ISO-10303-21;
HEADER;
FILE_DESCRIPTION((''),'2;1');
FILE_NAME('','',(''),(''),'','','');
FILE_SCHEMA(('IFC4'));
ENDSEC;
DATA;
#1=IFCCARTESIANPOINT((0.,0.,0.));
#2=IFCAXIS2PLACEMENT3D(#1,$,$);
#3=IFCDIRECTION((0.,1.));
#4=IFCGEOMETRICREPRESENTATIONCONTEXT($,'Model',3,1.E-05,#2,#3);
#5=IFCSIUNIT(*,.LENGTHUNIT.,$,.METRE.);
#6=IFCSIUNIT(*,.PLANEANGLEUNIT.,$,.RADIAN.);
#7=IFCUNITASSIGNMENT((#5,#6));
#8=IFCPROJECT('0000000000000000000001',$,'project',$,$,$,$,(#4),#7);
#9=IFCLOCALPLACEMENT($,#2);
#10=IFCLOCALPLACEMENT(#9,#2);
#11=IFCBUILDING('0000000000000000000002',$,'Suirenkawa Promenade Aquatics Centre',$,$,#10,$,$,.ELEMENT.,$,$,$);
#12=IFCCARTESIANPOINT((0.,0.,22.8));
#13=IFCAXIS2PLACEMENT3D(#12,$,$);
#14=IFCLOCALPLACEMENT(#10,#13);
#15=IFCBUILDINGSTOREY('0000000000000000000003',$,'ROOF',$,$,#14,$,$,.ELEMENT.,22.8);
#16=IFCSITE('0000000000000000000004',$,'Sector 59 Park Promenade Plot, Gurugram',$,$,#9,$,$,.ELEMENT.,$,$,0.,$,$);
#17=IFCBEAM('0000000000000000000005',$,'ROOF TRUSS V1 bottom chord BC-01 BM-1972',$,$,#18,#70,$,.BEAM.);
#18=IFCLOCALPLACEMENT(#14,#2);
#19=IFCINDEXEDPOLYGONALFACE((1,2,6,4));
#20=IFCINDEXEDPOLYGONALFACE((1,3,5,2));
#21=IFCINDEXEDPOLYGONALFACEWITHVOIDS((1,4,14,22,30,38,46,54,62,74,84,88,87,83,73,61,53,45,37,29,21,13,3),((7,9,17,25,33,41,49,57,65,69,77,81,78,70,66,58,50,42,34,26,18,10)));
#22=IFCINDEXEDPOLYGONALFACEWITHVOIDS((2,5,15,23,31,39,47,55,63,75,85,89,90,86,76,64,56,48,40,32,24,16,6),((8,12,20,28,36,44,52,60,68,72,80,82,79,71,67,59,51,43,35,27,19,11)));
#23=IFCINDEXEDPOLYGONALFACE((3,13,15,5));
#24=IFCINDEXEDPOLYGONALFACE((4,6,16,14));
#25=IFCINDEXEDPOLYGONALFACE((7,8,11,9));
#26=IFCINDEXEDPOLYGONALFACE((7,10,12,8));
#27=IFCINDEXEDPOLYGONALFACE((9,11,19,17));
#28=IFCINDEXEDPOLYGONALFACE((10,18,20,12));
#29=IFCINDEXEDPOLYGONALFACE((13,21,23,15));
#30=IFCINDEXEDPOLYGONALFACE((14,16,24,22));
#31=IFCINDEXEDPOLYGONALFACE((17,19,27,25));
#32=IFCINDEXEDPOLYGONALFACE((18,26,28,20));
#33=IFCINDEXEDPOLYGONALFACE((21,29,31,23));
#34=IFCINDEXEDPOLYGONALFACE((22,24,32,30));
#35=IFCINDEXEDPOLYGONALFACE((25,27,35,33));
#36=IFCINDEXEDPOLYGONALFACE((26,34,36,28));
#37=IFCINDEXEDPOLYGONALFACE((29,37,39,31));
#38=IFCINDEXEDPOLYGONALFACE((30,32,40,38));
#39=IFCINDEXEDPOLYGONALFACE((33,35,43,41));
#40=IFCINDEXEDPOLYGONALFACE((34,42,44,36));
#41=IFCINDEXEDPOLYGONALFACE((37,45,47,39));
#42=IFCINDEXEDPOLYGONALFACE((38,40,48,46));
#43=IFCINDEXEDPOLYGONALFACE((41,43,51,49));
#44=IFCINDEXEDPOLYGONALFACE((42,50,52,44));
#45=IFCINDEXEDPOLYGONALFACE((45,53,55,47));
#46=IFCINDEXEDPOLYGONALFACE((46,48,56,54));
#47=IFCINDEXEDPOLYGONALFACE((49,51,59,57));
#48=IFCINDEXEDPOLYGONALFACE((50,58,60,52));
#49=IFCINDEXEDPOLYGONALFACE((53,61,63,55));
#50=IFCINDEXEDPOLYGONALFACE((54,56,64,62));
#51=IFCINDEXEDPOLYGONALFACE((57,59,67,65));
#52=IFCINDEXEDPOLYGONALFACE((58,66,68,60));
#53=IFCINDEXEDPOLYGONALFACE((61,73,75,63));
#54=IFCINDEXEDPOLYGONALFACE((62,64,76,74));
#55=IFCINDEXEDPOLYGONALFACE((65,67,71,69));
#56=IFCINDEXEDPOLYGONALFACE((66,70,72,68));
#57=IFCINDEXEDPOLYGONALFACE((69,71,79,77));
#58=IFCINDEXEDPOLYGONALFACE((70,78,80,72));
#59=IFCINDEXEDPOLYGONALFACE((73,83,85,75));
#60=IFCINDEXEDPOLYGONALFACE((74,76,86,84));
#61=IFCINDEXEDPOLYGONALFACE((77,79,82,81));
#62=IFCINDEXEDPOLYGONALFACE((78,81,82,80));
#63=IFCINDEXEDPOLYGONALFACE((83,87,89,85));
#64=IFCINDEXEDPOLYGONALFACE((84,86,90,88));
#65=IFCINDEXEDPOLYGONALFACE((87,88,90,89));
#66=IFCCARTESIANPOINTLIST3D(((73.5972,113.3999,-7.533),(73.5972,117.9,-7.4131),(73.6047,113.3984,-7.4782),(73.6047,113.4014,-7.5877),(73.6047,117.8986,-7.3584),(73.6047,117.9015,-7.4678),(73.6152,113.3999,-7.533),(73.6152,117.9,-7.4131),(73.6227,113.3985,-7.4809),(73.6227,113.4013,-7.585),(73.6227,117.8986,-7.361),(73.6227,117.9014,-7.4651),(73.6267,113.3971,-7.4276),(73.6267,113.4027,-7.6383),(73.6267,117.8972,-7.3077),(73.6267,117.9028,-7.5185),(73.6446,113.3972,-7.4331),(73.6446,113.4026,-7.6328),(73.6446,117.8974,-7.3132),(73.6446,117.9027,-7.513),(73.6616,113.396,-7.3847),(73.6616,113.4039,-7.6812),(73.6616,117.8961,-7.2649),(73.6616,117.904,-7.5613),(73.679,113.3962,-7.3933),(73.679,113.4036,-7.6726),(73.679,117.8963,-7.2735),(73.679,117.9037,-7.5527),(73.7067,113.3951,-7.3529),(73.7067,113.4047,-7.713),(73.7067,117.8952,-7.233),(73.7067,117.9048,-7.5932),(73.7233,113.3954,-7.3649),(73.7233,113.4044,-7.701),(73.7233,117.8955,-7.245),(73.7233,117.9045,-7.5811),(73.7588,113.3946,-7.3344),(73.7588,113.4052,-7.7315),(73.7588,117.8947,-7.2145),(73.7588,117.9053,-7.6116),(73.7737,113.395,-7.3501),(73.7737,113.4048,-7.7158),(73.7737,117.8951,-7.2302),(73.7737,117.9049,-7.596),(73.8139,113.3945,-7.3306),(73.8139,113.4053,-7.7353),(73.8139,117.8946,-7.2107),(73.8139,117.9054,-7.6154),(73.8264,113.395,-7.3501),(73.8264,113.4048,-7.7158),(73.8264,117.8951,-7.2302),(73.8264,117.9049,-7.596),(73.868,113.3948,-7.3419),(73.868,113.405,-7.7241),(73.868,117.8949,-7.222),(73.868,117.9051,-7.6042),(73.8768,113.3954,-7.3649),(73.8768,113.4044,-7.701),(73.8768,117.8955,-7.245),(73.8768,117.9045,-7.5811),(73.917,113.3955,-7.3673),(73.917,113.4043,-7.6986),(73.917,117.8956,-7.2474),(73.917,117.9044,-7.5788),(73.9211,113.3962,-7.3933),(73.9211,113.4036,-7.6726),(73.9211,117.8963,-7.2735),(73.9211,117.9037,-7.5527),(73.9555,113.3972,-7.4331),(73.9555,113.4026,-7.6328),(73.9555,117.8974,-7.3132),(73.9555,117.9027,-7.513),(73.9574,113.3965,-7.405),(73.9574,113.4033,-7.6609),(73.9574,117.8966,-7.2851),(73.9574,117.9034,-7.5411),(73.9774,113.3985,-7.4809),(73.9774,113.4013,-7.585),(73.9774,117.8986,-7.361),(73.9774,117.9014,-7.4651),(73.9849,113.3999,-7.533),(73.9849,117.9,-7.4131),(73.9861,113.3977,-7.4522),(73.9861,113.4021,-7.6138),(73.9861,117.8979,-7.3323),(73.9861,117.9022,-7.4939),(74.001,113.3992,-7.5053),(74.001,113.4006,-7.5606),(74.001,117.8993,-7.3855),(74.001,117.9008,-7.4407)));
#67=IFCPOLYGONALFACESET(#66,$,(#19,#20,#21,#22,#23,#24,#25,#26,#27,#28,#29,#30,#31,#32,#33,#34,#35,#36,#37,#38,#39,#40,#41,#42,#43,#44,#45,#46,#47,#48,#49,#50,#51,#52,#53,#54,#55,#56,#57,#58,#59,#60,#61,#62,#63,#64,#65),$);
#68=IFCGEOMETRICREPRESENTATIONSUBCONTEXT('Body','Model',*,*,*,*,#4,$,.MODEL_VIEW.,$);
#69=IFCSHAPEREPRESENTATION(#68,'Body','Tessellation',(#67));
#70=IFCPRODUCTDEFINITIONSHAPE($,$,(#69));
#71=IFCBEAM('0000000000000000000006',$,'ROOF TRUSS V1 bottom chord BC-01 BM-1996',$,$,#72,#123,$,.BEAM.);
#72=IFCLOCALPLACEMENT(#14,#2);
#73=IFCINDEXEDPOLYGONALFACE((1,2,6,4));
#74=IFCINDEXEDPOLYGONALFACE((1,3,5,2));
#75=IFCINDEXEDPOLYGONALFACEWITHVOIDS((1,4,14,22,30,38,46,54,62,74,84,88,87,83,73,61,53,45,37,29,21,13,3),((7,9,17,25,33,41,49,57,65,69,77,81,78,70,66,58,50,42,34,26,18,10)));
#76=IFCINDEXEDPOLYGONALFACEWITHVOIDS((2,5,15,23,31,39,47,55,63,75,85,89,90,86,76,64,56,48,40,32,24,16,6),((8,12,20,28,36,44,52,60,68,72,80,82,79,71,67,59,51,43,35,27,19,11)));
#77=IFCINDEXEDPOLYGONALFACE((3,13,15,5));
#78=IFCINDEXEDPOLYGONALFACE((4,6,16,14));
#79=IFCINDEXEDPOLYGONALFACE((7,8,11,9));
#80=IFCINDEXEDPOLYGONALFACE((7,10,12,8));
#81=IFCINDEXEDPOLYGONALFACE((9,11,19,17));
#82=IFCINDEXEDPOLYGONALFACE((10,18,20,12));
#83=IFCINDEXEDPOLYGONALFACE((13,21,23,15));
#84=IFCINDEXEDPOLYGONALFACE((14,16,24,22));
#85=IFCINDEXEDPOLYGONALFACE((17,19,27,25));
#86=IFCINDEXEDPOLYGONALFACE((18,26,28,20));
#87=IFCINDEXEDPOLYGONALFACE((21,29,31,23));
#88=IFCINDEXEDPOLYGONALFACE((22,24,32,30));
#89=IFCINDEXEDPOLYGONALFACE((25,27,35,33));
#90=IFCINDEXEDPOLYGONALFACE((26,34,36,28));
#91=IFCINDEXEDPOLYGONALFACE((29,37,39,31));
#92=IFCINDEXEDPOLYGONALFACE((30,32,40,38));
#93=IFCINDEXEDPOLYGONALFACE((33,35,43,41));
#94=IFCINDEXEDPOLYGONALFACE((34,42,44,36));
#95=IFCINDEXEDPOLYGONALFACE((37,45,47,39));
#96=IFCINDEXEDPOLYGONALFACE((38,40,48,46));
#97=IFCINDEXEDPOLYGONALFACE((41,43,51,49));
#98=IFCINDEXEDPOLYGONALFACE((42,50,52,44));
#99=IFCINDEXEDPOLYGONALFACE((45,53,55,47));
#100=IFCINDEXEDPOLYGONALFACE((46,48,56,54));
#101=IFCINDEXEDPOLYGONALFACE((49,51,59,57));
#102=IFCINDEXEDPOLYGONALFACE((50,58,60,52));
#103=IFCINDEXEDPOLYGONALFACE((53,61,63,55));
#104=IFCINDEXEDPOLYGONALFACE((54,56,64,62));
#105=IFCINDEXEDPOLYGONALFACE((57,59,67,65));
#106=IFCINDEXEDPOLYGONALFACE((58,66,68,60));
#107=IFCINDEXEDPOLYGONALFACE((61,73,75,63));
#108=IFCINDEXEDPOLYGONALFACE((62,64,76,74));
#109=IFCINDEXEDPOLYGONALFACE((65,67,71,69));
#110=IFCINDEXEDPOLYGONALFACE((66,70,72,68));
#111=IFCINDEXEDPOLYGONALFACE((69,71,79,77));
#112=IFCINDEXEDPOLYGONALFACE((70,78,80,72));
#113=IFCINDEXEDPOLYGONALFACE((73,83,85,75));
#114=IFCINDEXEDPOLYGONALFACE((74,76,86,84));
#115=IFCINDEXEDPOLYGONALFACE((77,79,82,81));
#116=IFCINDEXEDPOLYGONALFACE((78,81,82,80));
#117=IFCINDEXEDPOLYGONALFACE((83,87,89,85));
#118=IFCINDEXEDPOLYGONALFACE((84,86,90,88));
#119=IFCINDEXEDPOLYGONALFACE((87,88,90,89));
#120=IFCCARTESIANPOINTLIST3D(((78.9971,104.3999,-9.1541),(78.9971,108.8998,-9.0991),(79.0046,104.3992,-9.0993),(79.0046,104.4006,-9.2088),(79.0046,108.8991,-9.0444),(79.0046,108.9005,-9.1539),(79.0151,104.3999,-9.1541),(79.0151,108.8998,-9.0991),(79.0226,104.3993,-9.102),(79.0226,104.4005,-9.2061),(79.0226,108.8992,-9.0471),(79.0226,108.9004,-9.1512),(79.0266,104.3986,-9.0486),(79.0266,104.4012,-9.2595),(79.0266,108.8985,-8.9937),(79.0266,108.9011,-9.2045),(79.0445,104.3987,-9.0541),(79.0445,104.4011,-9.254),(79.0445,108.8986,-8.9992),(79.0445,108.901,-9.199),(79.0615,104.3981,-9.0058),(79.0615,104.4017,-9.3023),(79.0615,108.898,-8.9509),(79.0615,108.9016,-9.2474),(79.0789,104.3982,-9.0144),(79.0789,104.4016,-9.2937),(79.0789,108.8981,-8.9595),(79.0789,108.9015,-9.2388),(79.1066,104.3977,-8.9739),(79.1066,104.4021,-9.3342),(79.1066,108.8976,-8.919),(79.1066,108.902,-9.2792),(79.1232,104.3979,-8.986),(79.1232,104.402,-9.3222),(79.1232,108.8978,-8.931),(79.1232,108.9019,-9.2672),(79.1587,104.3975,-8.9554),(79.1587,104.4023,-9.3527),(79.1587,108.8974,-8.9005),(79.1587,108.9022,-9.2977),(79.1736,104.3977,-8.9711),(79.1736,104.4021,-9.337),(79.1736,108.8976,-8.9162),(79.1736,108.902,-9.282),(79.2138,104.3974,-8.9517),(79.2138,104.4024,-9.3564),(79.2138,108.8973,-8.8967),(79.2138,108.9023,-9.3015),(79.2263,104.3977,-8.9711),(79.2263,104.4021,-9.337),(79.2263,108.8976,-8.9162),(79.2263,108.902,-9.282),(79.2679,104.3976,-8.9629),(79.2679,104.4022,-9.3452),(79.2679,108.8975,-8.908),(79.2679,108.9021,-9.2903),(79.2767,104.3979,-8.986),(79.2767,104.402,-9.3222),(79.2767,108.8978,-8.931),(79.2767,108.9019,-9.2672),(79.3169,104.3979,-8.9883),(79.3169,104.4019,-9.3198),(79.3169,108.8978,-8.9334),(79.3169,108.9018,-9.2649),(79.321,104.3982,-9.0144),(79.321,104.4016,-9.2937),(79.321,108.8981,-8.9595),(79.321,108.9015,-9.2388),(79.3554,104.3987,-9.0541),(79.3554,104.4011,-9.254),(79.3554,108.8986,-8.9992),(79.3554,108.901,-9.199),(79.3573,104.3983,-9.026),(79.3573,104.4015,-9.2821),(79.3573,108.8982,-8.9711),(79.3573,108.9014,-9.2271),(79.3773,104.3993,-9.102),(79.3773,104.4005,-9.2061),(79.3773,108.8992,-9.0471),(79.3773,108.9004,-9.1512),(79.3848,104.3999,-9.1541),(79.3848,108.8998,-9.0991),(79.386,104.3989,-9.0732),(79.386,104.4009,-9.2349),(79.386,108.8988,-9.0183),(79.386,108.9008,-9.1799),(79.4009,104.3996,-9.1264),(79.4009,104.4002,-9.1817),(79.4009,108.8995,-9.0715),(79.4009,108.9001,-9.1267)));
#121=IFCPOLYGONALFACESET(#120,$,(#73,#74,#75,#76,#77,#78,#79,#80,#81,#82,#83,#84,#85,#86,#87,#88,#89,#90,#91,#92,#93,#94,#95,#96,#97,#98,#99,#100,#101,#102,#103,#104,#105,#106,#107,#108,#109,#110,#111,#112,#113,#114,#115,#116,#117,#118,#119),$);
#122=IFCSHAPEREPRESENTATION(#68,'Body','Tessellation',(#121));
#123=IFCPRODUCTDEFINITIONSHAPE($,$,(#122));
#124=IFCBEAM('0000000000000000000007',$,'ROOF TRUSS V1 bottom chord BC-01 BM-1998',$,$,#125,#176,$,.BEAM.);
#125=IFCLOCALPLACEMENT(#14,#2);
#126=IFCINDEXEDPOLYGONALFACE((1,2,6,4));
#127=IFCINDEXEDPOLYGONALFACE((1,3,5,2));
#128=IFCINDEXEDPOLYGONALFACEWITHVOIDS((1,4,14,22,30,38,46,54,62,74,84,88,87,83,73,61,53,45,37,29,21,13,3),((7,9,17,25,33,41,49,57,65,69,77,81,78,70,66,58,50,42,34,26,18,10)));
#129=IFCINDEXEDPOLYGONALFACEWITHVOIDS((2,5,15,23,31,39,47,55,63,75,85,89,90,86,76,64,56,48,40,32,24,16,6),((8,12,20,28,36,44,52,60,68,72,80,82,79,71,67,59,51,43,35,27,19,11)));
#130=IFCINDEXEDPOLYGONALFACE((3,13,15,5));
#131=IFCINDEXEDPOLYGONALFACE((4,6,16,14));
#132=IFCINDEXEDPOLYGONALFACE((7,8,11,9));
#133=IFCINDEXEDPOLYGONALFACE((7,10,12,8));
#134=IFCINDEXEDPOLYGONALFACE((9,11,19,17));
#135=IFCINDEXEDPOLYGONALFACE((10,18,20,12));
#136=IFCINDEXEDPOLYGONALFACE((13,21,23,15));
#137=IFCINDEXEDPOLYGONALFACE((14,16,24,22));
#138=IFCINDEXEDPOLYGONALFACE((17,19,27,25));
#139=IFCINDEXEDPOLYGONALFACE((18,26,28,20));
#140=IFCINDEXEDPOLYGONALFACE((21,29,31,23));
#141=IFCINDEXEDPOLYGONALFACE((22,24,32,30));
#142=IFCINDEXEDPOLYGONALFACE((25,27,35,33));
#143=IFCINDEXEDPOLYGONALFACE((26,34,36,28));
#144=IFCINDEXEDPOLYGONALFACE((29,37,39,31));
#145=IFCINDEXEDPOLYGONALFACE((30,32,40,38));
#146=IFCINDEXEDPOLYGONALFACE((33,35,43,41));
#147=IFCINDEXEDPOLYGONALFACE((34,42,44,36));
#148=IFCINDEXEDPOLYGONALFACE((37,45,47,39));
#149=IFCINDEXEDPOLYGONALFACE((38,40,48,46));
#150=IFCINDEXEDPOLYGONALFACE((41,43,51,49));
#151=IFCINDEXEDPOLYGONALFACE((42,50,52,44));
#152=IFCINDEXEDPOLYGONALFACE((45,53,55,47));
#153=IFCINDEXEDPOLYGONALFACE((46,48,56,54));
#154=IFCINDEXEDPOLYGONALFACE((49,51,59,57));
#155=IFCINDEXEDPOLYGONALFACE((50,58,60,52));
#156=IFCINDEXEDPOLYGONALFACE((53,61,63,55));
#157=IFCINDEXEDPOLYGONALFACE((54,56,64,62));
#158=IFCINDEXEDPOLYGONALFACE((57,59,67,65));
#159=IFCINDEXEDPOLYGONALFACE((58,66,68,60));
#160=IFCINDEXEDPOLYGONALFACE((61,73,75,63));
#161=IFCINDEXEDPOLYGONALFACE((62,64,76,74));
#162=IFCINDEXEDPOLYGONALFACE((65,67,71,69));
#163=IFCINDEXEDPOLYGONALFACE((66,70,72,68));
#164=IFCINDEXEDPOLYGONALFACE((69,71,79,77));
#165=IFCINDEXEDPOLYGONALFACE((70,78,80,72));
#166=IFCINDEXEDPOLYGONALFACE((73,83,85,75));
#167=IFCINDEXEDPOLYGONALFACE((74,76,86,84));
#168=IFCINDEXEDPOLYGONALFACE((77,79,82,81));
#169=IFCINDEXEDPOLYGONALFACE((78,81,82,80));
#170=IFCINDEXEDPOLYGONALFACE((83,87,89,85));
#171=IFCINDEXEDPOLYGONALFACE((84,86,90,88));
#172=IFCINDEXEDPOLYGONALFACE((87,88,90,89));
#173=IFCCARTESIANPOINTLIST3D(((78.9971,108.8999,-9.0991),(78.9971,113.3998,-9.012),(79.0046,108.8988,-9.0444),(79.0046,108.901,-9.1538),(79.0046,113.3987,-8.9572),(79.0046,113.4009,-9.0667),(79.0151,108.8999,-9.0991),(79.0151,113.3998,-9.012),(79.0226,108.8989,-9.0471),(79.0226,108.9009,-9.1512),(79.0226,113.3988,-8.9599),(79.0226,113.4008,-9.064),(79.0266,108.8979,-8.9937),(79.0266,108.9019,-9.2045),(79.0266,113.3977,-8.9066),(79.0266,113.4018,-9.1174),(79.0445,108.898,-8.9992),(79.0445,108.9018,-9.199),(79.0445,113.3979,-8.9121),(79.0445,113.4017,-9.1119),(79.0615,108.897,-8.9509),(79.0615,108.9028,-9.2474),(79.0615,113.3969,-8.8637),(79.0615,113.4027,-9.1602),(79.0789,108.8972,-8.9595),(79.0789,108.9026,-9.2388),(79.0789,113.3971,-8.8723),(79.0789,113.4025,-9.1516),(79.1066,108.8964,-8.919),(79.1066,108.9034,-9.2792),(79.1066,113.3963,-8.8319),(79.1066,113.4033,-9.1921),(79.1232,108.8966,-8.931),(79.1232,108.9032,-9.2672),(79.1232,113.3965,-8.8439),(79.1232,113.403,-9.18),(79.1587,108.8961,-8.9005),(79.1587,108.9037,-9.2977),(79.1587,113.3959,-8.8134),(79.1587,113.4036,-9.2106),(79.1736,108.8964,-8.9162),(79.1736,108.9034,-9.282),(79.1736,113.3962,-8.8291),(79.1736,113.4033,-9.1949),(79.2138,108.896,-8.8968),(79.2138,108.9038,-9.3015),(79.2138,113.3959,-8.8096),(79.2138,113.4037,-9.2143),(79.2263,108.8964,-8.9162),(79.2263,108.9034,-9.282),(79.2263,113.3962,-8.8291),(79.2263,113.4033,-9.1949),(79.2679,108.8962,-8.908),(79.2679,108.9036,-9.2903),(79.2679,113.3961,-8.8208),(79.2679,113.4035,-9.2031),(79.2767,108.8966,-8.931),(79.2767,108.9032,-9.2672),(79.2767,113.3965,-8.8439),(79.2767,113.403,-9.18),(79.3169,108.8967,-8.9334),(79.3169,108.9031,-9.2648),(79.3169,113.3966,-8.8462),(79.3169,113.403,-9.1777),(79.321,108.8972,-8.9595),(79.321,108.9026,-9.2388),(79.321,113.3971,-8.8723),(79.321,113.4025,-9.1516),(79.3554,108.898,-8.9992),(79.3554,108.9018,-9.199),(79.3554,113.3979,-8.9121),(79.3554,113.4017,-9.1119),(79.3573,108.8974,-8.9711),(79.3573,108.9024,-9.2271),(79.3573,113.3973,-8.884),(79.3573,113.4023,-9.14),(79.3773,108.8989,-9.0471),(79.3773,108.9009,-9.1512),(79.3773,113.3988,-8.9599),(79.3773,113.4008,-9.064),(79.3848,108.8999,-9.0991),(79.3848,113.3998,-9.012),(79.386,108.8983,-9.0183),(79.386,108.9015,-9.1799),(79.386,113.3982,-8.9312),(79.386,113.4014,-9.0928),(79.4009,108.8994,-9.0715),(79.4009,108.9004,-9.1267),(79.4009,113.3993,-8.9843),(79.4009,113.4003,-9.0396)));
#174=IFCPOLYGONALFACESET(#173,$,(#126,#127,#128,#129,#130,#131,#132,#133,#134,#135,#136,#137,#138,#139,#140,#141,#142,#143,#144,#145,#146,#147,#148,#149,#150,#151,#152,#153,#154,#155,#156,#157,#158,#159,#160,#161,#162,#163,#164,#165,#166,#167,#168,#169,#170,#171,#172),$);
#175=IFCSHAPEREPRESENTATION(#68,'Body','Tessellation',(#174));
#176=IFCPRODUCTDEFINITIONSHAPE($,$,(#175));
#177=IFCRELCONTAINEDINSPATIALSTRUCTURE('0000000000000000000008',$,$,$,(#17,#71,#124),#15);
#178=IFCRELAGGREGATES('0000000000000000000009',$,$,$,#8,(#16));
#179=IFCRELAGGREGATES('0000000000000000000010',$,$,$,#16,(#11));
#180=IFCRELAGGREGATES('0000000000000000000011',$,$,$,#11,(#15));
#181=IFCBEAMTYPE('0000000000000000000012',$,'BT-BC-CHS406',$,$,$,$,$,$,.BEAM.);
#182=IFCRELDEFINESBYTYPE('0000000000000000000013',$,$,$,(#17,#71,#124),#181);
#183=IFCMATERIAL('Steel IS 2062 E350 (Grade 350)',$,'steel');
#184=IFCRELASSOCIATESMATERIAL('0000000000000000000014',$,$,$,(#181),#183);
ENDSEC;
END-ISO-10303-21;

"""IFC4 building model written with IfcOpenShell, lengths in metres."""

from ifc_helpers import new_model, si_unit, direction, frame, origin, origin_2d, place, context, subcontext, project, spatial, hollow_circle, extrude, material, material_profile, profile_set, type_object, element, save


model = new_model("IFC4")

# Units and contexts
model_context = context("Model", 3, precision=1e-05, world=origin(), true_north=direction((0.0, 1.0)))
body_context = subcontext(model_context, "Body", "Model", "MODEL_VIEW")
ifc_project = project(units=[si_unit("LENGTHUNIT", "METRE"), si_unit("PLANEANGLEUNIT", "RADIAN")], contexts=[model_context])

# Site, building, storey
site_placement = place(None, origin())
site = spatial("IfcSite", under=ifc_project, at=site_placement, Name="Sector 59 Park Promenade Plot, Gurugram", CompositionType="ELEMENT", RefElevation=0.0)
building_placement = place(site_placement, origin())
building = spatial("IfcBuilding", under=site, at=building_placement, Name="Suirenkawa Promenade Aquatics Centre", CompositionType="ELEMENT")
storey_placement = place(building_placement, frame((0.0, 0.0, 22.8)))
storey = spatial("IfcBuildingStorey", under=building, at=storey_placement, Name="ROOF", CompositionType="ELEMENT", Elevation=22.8)

# Beams
ifc_material = material(Name="Steel IS 2062 E350 (Grade 350)", Category="steel")
ifc_material_profile_1 = material_profile(ifc_material, hollow_circle(Radius=0.2029, WallThickness=0.0181, at=origin_2d()), Name="CHS 406x18", Category="steel")
ifc_profile_set_1 = profile_set([ifc_material_profile_1], Name="Steel IS 2062 E350 (Grade 350)")
beam_type_1 = type_object("IfcBeamType", Name="BT-BC-CHS406", PredefinedType="BEAM", material=ifc_profile_set_1)
beam_1_placement = place(storey_placement, frame((73.8, 113.3999, -7.533), z_axis=(0.0, 0.999645, 0.026629), x_axis=(-1.0, 0.0, 0.0)))
element("IfcBeam", 1, at=beam_1_placement, inside=storey, type_object=beam_type_1, Name="ROOF TRUSS V1 bottom chord BC-01 BM-1972", PredefinedType="BEAM", context=body_context, shape_type="SweptSolid", body=[
    extrude(hollow_circle(Radius=0.2029, WallThickness=0.0181, at=origin_2d()), origin(), (0.0, 0.0, 1.0), 4.5017),
])
beam_2_placement = place(storey_placement, frame((79.2, 104.3999, -9.1541), z_axis=(0.0, 0.999926, 0.012206), x_axis=(-1.0, 0.0, 0.0)))
element("IfcBeam", 2, at=beam_2_placement, inside=storey, type_object=beam_type_1, Name="ROOF TRUSS V1 bottom chord BC-01 BM-1996", PredefinedType="BEAM", context=body_context, shape_type="SweptSolid", body=[
    extrude(hollow_circle(Radius=0.2029, WallThickness=0.0181, at=origin_2d()), origin(), (0.0, 0.0, 1.0), 4.5002),
])
beam_3_placement = place(storey_placement, frame((79.2, 108.8999, -9.0991), z_axis=(0.0, 0.999812, 0.019365), x_axis=(-1.0, 0.0, 0.0)))
element("IfcBeam", 3, at=beam_3_placement, inside=storey, type_object=beam_type_1, Name="ROOF TRUSS V1 bottom chord BC-01 BM-1998", PredefinedType="BEAM", context=body_context, shape_type="SweptSolid", body=[
    extrude(hollow_circle(Radius=0.2029, WallThickness=0.0181, at=origin_2d()), origin(), (0.0, 0.0, 1.0), 4.5007),
])

save(model, "model.ifc")
